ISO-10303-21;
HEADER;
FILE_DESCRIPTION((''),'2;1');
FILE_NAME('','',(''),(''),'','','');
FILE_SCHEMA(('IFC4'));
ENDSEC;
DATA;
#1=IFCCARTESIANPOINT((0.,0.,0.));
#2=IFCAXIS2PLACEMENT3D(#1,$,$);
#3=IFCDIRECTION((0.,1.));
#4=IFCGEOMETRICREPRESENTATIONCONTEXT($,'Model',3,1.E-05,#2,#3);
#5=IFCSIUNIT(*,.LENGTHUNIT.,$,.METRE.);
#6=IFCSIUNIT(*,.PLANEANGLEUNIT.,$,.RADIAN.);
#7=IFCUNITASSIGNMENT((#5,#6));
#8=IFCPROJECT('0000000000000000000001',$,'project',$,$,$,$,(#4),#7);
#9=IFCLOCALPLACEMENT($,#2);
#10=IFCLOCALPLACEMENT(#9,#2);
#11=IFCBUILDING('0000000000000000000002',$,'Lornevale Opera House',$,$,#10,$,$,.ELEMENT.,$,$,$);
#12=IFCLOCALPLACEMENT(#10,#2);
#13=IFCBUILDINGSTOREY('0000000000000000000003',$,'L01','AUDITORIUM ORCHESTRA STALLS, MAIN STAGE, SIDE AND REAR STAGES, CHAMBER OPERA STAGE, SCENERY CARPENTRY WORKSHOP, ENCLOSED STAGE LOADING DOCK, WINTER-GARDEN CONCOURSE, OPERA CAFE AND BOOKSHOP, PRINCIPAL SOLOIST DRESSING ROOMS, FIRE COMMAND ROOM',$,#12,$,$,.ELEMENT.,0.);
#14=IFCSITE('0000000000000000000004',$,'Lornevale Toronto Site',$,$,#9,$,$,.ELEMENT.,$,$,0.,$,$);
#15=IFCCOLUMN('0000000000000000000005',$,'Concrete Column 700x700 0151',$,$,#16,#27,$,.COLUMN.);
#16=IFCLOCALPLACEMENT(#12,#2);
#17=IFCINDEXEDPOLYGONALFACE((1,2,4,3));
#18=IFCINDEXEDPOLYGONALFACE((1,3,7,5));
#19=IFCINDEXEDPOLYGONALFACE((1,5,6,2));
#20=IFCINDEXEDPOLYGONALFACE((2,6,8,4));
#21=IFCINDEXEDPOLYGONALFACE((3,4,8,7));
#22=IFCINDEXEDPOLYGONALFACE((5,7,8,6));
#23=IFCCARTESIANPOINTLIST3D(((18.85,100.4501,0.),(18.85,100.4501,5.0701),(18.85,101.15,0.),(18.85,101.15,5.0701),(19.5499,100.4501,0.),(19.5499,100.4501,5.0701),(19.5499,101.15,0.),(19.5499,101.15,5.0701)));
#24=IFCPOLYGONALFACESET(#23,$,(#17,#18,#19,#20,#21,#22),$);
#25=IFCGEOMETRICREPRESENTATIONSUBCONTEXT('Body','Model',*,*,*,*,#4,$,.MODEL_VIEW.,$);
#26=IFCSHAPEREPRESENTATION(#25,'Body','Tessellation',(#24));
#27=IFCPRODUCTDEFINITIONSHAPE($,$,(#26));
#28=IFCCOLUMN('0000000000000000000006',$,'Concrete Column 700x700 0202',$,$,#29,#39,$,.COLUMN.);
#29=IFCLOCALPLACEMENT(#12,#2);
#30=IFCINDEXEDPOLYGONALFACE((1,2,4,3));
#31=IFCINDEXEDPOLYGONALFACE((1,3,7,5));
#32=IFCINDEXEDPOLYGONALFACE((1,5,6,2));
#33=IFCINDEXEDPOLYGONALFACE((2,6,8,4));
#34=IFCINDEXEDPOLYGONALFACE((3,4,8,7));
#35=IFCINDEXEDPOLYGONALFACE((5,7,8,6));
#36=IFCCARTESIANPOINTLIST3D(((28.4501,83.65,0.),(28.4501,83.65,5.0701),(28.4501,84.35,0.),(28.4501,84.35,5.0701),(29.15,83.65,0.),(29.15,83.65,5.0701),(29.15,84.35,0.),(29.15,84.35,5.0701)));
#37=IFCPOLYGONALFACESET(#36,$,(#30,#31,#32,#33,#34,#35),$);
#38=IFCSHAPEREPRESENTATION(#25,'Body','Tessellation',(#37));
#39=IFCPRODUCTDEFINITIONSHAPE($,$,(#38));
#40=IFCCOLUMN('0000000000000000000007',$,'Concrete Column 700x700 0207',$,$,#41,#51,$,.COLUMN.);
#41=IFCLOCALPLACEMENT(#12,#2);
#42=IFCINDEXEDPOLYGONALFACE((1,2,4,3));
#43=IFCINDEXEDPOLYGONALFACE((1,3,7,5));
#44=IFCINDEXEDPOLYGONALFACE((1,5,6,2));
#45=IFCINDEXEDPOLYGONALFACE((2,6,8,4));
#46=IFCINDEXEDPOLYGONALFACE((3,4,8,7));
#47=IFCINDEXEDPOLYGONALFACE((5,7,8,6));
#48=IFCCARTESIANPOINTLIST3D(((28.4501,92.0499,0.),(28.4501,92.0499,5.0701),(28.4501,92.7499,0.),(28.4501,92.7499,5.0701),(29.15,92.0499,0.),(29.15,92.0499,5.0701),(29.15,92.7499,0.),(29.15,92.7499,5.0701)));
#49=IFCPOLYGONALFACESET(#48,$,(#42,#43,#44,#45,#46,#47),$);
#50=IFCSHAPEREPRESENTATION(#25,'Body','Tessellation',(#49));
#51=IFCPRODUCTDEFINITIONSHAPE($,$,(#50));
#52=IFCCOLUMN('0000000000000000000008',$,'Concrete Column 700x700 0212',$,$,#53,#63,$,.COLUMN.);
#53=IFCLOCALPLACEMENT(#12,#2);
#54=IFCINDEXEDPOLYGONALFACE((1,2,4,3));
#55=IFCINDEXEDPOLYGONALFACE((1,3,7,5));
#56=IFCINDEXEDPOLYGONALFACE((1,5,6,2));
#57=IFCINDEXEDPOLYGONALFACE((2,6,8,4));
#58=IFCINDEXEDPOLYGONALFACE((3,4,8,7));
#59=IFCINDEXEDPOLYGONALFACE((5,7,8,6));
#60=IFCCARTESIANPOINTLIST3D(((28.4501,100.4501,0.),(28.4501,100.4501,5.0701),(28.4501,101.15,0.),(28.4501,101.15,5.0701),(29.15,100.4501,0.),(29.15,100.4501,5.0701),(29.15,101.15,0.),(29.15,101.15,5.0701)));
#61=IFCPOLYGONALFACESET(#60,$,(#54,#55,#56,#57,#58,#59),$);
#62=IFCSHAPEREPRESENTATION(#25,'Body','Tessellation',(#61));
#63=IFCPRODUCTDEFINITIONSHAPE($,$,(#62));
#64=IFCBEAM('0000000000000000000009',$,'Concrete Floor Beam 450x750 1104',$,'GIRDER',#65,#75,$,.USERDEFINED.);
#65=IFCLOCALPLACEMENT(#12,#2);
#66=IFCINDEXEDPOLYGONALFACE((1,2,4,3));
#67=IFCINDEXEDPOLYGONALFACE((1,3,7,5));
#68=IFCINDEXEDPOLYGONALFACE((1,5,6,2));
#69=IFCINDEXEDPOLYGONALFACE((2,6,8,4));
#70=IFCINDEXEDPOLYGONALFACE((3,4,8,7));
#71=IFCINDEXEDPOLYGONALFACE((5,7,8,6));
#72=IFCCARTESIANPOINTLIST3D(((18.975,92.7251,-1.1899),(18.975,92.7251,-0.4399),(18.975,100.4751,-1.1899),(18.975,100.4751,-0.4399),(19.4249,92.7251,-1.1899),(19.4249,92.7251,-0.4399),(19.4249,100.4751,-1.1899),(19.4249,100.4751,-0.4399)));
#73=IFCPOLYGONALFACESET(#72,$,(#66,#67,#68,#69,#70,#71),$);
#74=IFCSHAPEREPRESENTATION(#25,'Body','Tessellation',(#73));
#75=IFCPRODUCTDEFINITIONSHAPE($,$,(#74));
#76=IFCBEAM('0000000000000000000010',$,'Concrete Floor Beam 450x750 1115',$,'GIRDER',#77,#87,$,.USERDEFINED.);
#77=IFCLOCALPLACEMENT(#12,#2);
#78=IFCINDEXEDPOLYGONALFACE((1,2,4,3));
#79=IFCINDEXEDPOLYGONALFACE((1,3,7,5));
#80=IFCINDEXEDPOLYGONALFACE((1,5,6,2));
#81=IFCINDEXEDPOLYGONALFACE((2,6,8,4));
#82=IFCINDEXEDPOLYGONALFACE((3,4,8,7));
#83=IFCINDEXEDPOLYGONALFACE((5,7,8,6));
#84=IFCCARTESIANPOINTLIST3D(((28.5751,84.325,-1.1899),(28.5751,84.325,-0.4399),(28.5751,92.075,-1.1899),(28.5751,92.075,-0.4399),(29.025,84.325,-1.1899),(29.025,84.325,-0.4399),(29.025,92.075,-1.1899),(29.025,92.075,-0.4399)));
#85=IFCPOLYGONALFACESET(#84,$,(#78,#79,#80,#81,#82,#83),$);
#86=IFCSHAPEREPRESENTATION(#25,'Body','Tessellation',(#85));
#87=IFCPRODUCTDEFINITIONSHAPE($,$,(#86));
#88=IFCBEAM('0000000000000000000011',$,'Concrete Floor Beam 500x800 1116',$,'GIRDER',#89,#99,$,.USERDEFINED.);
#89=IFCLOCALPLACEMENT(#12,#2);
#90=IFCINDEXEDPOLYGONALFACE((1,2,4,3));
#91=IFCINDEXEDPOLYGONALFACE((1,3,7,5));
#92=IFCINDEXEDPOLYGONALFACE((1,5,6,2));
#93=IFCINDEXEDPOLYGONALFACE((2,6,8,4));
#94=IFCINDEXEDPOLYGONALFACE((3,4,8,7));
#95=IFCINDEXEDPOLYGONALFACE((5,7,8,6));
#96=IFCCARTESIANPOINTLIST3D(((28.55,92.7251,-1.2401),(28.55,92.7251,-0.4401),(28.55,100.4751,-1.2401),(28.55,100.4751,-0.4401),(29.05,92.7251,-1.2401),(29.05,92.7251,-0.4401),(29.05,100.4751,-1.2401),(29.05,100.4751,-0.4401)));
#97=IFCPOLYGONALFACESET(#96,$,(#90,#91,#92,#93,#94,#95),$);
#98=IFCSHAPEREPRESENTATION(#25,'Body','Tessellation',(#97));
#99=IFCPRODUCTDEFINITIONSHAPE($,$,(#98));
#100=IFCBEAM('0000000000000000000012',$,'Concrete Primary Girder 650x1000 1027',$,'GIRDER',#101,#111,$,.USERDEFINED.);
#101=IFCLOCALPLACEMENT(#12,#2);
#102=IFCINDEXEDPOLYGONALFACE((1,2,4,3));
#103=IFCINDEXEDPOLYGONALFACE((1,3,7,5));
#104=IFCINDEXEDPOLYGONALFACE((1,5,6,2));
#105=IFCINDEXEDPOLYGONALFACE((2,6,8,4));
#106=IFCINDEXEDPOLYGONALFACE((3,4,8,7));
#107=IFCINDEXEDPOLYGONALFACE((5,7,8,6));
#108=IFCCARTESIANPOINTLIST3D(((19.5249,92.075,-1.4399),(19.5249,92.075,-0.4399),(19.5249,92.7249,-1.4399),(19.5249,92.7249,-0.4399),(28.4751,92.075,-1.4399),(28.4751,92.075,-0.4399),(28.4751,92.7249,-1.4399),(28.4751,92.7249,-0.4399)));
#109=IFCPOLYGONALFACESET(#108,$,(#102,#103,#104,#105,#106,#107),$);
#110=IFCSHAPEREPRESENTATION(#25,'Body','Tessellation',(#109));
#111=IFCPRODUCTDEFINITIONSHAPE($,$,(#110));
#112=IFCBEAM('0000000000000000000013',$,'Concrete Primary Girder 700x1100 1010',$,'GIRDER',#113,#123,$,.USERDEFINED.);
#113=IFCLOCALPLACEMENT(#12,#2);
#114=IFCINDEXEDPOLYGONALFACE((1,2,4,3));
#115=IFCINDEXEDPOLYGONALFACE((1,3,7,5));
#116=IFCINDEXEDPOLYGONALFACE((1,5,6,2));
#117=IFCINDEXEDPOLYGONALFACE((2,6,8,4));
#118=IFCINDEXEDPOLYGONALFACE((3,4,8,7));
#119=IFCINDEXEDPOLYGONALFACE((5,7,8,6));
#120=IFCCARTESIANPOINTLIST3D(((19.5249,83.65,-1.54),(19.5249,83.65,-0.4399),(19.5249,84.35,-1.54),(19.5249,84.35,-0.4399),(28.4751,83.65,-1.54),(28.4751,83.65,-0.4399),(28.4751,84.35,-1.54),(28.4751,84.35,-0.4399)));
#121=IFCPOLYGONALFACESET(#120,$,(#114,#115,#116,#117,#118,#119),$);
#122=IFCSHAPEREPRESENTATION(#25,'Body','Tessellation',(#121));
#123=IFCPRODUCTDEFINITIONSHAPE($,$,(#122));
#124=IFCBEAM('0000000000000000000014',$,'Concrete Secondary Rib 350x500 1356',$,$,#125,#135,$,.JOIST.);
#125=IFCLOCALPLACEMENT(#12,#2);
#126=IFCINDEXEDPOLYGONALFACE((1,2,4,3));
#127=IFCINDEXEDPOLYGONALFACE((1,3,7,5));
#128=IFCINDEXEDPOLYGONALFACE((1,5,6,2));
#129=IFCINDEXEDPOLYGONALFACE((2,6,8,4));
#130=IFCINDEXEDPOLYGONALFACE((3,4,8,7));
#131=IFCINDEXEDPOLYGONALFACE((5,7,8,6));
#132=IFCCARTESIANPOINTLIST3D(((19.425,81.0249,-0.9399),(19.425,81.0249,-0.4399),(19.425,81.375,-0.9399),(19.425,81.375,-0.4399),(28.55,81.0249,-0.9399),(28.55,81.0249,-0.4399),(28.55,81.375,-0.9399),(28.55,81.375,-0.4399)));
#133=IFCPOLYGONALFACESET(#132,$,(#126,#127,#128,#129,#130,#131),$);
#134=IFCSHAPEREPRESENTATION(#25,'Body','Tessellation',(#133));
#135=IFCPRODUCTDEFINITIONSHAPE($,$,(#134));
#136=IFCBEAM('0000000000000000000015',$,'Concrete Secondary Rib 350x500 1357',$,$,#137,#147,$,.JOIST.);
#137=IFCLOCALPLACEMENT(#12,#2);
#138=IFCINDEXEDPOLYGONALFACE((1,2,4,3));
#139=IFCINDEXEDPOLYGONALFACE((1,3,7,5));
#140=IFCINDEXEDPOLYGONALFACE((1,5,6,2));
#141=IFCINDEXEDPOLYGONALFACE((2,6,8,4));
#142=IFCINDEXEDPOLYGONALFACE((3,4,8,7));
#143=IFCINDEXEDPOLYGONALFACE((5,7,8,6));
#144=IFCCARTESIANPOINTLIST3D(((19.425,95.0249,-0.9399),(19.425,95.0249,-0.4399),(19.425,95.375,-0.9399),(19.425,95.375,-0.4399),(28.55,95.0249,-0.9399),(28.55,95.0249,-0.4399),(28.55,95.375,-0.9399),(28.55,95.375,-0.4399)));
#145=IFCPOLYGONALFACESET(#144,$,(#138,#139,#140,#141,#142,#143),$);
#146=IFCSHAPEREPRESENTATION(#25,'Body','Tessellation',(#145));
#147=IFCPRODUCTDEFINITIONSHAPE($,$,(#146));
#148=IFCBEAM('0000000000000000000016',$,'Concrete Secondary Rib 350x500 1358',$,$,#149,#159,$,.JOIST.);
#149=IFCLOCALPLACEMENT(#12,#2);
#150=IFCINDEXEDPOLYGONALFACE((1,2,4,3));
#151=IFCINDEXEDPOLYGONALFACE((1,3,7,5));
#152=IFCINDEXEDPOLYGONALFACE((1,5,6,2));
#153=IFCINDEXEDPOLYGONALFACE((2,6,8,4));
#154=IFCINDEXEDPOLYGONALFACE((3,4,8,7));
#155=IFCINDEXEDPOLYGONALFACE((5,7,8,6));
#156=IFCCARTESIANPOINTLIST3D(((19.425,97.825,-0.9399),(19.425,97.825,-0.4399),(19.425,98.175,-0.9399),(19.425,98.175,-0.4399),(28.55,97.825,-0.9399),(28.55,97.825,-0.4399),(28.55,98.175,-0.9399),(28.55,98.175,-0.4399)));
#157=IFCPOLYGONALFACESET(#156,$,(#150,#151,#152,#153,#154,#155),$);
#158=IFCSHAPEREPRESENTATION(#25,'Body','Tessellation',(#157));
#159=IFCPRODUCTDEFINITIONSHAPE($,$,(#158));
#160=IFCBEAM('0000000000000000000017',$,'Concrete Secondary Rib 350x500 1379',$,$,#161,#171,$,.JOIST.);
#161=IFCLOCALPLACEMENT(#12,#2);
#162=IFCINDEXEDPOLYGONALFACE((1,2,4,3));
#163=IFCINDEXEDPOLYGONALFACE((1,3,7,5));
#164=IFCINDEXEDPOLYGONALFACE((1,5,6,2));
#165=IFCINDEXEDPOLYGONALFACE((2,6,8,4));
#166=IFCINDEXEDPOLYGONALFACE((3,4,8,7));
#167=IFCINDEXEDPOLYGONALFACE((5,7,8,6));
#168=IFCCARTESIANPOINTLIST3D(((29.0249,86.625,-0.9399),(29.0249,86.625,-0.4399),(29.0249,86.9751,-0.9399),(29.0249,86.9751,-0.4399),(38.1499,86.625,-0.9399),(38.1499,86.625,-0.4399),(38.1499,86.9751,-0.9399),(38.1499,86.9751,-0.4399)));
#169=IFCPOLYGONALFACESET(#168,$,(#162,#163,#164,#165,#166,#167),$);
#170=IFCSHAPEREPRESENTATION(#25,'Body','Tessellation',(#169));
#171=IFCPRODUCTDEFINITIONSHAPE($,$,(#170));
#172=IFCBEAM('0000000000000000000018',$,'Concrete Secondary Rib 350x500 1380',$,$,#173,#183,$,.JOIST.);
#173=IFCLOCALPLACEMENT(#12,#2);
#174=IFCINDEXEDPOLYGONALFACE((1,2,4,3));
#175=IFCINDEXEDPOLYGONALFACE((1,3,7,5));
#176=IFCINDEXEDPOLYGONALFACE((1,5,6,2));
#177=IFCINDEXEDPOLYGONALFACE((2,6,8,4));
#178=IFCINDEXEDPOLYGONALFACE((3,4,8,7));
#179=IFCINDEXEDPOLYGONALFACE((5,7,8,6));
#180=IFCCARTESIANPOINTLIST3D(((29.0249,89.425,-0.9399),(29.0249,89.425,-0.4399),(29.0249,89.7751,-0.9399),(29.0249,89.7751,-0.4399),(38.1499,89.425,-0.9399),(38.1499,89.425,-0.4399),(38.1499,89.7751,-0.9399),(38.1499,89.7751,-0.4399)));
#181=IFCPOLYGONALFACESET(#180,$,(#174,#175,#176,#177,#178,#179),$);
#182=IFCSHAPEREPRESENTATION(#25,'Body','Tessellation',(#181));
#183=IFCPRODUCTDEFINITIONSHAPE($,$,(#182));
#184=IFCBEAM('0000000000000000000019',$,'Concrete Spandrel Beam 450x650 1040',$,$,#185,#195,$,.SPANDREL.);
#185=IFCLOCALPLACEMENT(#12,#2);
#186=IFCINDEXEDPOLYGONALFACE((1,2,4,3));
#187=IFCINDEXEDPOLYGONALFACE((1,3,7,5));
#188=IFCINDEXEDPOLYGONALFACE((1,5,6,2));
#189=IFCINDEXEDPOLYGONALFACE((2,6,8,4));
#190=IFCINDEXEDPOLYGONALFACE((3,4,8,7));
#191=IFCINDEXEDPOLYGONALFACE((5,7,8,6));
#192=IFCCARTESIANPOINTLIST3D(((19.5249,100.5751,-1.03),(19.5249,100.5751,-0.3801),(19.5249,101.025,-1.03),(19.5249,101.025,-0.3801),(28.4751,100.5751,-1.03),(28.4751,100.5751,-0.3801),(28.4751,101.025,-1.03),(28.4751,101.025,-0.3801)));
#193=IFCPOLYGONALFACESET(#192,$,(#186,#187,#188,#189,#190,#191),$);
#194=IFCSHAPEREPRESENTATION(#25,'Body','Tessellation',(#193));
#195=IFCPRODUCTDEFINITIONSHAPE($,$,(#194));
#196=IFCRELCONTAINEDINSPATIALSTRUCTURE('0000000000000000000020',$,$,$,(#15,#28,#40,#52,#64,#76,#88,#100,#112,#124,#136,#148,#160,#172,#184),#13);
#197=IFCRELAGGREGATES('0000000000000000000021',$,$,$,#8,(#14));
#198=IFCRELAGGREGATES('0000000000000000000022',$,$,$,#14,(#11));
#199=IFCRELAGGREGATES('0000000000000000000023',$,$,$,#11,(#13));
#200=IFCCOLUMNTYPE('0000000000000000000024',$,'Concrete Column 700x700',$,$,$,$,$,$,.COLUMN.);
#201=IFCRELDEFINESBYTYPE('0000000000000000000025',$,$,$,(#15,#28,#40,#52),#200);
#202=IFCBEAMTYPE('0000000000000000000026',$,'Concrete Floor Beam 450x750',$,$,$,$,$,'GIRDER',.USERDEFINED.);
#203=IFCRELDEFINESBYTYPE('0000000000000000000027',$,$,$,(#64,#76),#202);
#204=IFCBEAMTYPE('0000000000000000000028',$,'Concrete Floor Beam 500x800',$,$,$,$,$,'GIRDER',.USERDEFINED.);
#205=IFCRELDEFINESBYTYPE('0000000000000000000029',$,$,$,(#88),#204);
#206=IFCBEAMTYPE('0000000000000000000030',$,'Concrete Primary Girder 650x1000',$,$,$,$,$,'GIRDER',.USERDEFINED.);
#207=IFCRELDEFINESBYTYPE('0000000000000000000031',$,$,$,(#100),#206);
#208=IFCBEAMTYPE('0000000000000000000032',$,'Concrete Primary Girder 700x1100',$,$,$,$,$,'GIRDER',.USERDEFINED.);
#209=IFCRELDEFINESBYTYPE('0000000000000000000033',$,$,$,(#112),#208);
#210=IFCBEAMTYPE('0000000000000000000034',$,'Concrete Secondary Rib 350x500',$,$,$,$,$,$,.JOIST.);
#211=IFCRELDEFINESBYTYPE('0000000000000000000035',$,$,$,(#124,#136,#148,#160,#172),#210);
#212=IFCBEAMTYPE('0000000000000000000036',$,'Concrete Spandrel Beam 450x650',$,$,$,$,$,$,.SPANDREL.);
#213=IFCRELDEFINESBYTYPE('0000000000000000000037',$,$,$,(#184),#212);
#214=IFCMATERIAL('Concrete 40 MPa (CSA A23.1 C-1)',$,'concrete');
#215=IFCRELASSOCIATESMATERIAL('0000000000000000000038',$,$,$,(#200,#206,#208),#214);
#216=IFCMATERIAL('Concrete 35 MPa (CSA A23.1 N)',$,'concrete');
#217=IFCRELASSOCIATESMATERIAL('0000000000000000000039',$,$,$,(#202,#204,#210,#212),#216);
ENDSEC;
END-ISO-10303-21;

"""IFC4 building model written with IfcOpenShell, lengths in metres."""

from ifc_helpers import new_model, si_unit, direction, frame, origin, origin_2d, place, context, subcontext, project, spatial, rectangle, extrude, material, material_profile, profile_set, type_object, element, save


model = new_model("IFC4")

# Units and contexts
model_context = context("Model", 3, precision=1e-05, world=origin(), true_north=direction((0.0, 1.0)))
body_context = subcontext(model_context, "Body", "Model", "MODEL_VIEW")
ifc_project = project(units=[si_unit("LENGTHUNIT", "METRE"), si_unit("PLANEANGLEUNIT", "RADIAN")], contexts=[model_context])

# Site, building, storey
site_placement = place(None, origin())
site = spatial("IfcSite", under=ifc_project, at=site_placement, Name="Lornevale Toronto Site", CompositionType="ELEMENT", RefElevation=0.0)
building_placement = place(site_placement, origin())
building = spatial("IfcBuilding", under=site, at=building_placement, Name="Lornevale Opera House", CompositionType="ELEMENT")
storey_placement = place(building_placement, origin())
storey = spatial("IfcBuildingStorey", under=building, at=storey_placement, Name="L01", Description="AUDITORIUM ORCHESTRA STALLS, MAIN STAGE, SIDE AND REAR STAGES, CHAMBER OPERA STAGE, SCENERY CARPENTRY WORKSHOP, ENCLOSED STAGE LOADING DOCK, WINTER-GARDEN CONCOURSE, OPERA CAFE AND BOOKSHOP, PRINCIPAL SOLOIST DRESSING ROOMS, FIRE COMMAND ROOM", CompositionType="ELEMENT", Elevation=0.0)

# Columns
ifc_material_1 = material(Name="Concrete 40 MPa (CSA A23.1 C-1)", Category="concrete")
ifc_material_profile_1 = material_profile(ifc_material_1, rectangle(XDim=0.7, YDim=0.7, at=origin_2d()), Name="RC700x700")
ifc_profile_set_1 = profile_set([ifc_material_profile_1], Name="Concrete 40 MPa (CSA A23.1 C-1)")
column_type = type_object("IfcColumnType", Name="Concrete Column 700x700", PredefinedType="COLUMN", material=ifc_profile_set_1)
for number, where, z_axis, x_axis, name in (
    (1, (19.2, 100.8, 0.0), (0.0, 0.0, 1.0), (1.0, 0.0, 0.0), "Concrete Column 700x700 0151"),
    (2, (28.8, 84.0, 0.0), (0.0, 0.0, 1.0), (1.0, 0.0, 0.0), "Concrete Column 700x700 0202"),
    (3, (28.8, 92.3999, 0.0), (0.0, 0.0, 1.0), (1.0, 0.0, 0.0), "Concrete Column 700x700 0207"),
    (4, (28.8, 100.8, 0.0), (0.0, 0.0, 1.0), (1.0, 0.0, 0.0), "Concrete Column 700x700 0212"),
):
    element("IfcColumn", number, at=place(storey_placement, frame(where, z_axis=z_axis, x_axis=x_axis)), inside=storey, type_object=column_type, Name=name, PredefinedType="COLUMN", context=body_context, shape_type="SweptSolid", body=[
        extrude(rectangle(XDim=0.7, YDim=0.7, at=origin_2d()), origin(), (0.0, 0.0, 1.0), 5.0701),
    ])

# Beams
ifc_material_2 = material(Name="Concrete 35 MPa (CSA A23.1 N)", Category="concrete")
ifc_material_profile_2 = material_profile(ifc_material_2, rectangle(XDim=0.45, YDim=0.75, at=origin_2d()), Name="RC450x750")
ifc_profile_set_2 = profile_set([ifc_material_profile_2], Name="Concrete 35 MPa (CSA A23.1 N)")
beam_type_1 = type_object("IfcBeamType", Name="Concrete Floor Beam 450x750", ElementType="GIRDER", PredefinedType="USERDEFINED", material=ifc_profile_set_2)
for number, where, z_axis, x_axis, name in (
    (5, (19.2, 92.7251, -0.8149), (0.0, 1.0, 0.0), (-1.0, 0.0, 0.0), "Concrete Floor Beam 450x750 1104"),
    (6, (28.8, 84.325, -0.8149), (0.0, 1.0, 0.0), (-1.0, 0.0, 0.0), "Concrete Floor Beam 450x750 1115"),
):
    element("IfcBeam", number, at=place(storey_placement, frame(where, z_axis=z_axis, x_axis=x_axis)), inside=storey, type_object=beam_type_1, Name=name, ObjectType="GIRDER", PredefinedType="USERDEFINED", context=body_context, shape_type="SweptSolid", body=[
        extrude(rectangle(XDim=0.45, YDim=0.75, at=origin_2d()), origin(), (0.0, 0.0, 1.0), 7.75),
    ])
ifc_material_profile_3 = material_profile(ifc_material_2, rectangle(XDim=0.5, YDim=0.8, at=origin_2d()), Name="RC500x800")
ifc_profile_set_3 = profile_set([ifc_material_profile_3], Name="Concrete 35 MPa (CSA A23.1 N)")
beam_type_2 = type_object("IfcBeamType", Name="Concrete Floor Beam 500x800", ElementType="GIRDER", PredefinedType="USERDEFINED", material=ifc_profile_set_3)
beam_1_placement = place(storey_placement, frame((28.8, 92.7251, -0.8401), z_axis=(0.0, 1.0, 0.0), x_axis=(-1.0, 0.0, 0.0)))
element("IfcBeam", 7, at=beam_1_placement, inside=storey, type_object=beam_type_2, Name="Concrete Floor Beam 500x800 1116", ObjectType="GIRDER", PredefinedType="USERDEFINED", context=body_context, shape_type="SweptSolid", body=[
    extrude(rectangle(XDim=0.5, YDim=0.8, at=origin_2d()), origin(), (0.0, 0.0, 1.0), 7.75),
])
ifc_material_profile_4 = material_profile(ifc_material_1, rectangle(XDim=0.6499, YDim=1.0, at=origin_2d()), Name="RC650x1000")
ifc_profile_set_4 = profile_set([ifc_material_profile_4], Name="Concrete 40 MPa (CSA A23.1 C-1)")
beam_type_3 = type_object("IfcBeamType", Name="Concrete Primary Girder 650x1000", ElementType="GIRDER", PredefinedType="USERDEFINED", material=ifc_profile_set_4)
beam_2_placement = place(storey_placement, frame((19.5249, 92.3999, -0.9399), z_axis=(1.0, 0.0, 0.0), x_axis=(0.0, 1.0, 0.0)))
element("IfcBeam", 8, at=beam_2_placement, inside=storey, type_object=beam_type_3, Name="Concrete Primary Girder 650x1000 1027", ObjectType="GIRDER", PredefinedType="USERDEFINED", context=body_context, shape_type="SweptSolid", body=[
    extrude(rectangle(XDim=0.6499, YDim=1.0, at=origin_2d()), origin(), (0.0, 0.0, 1.0), 8.9502),
])
ifc_material_profile_5 = material_profile(ifc_material_1, rectangle(XDim=0.7, YDim=1.1001, at=origin_2d()), Name="RC700x1100")
ifc_profile_set_5 = profile_set([ifc_material_profile_5], Name="Concrete 40 MPa (CSA A23.1 C-1)")
beam_type_4 = type_object("IfcBeamType", Name="Concrete Primary Girder 700x1100", ElementType="GIRDER", PredefinedType="USERDEFINED", material=ifc_profile_set_5)
beam_3_placement = place(storey_placement, frame((19.5249, 84.0, -0.99), z_axis=(1.0, 0.0, 0.0), x_axis=(0.0, 1.0, 0.0)))
element("IfcBeam", 9, at=beam_3_placement, inside=storey, type_object=beam_type_4, Name="Concrete Primary Girder 700x1100 1010", ObjectType="GIRDER", PredefinedType="USERDEFINED", context=body_context, shape_type="SweptSolid", body=[
    extrude(rectangle(XDim=0.7, YDim=1.1001, at=origin_2d()), origin(), (0.0, 0.0, 1.0), 8.9502),
])
ifc_material_profile_6 = material_profile(ifc_material_2, rectangle(XDim=0.3501, YDim=0.5, at=origin_2d()), Name="RC350x500")
ifc_profile_set_6 = profile_set([ifc_material_profile_6], Name="Concrete 35 MPa (CSA A23.1 N)")
beam_type_5 = type_object("IfcBeamType", Name="Concrete Secondary Rib 350x500", PredefinedType="JOIST", material=ifc_profile_set_6)
for number, where, z_axis, x_axis, name in (
    (10, (19.425, 81.2, -0.6899), (1.0, 0.0, 0.0), (0.0, 1.0, 0.0), "Concrete Secondary Rib 350x500 1356"),
    (11, (19.425, 95.2, -0.6899), (1.0, 0.0, 0.0), (0.0, 1.0, 0.0), "Concrete Secondary Rib 350x500 1357"),
    (12, (19.425, 98.0, -0.6899), (1.0, 0.0, 0.0), (0.0, 1.0, 0.0), "Concrete Secondary Rib 350x500 1358"),
    (13, (29.0249, 86.8, -0.6899), (1.0, 0.0, 0.0), (0.0, 1.0, 0.0), "Concrete Secondary Rib 350x500 1379"),
    (14, (29.0249, 89.6001, -0.6899), (1.0, 0.0, 0.0), (0.0, 1.0, 0.0), "Concrete Secondary Rib 350x500 1380"),
):
    element("IfcBeam", number, at=place(storey_placement, frame(where, z_axis=z_axis, x_axis=x_axis)), inside=storey, type_object=beam_type_5, Name=name, PredefinedType="JOIST", context=body_context, shape_type="SweptSolid", body=[
        extrude(rectangle(XDim=0.3501, YDim=0.5, at=origin_2d()), origin(), (0.0, 0.0, 1.0), 9.125),
    ])
ifc_material_profile_7 = material_profile(ifc_material_2, rectangle(XDim=0.45, YDim=0.6499, at=origin_2d()), Name="RC450x650")
ifc_profile_set_7 = profile_set([ifc_material_profile_7], Name="Concrete 35 MPa (CSA A23.1 N)")
beam_type_6 = type_object("IfcBeamType", Name="Concrete Spandrel Beam 450x650", PredefinedType="SPANDREL", material=ifc_profile_set_7)
beam_4_placement = place(storey_placement, frame((19.5249, 100.8, -0.7051), z_axis=(1.0, 0.0, 0.0), x_axis=(0.0, 1.0, 0.0)))
element("IfcBeam", 15, at=beam_4_placement, inside=storey, type_object=beam_type_6, Name="Concrete Spandrel Beam 450x650 1040", PredefinedType="SPANDREL", context=body_context, shape_type="SweptSolid", body=[
    extrude(rectangle(XDim=0.45, YDim=0.6499, at=origin_2d()), origin(), (0.0, 0.0, 1.0), 8.9502),
])

save(model, "model.ifc")
